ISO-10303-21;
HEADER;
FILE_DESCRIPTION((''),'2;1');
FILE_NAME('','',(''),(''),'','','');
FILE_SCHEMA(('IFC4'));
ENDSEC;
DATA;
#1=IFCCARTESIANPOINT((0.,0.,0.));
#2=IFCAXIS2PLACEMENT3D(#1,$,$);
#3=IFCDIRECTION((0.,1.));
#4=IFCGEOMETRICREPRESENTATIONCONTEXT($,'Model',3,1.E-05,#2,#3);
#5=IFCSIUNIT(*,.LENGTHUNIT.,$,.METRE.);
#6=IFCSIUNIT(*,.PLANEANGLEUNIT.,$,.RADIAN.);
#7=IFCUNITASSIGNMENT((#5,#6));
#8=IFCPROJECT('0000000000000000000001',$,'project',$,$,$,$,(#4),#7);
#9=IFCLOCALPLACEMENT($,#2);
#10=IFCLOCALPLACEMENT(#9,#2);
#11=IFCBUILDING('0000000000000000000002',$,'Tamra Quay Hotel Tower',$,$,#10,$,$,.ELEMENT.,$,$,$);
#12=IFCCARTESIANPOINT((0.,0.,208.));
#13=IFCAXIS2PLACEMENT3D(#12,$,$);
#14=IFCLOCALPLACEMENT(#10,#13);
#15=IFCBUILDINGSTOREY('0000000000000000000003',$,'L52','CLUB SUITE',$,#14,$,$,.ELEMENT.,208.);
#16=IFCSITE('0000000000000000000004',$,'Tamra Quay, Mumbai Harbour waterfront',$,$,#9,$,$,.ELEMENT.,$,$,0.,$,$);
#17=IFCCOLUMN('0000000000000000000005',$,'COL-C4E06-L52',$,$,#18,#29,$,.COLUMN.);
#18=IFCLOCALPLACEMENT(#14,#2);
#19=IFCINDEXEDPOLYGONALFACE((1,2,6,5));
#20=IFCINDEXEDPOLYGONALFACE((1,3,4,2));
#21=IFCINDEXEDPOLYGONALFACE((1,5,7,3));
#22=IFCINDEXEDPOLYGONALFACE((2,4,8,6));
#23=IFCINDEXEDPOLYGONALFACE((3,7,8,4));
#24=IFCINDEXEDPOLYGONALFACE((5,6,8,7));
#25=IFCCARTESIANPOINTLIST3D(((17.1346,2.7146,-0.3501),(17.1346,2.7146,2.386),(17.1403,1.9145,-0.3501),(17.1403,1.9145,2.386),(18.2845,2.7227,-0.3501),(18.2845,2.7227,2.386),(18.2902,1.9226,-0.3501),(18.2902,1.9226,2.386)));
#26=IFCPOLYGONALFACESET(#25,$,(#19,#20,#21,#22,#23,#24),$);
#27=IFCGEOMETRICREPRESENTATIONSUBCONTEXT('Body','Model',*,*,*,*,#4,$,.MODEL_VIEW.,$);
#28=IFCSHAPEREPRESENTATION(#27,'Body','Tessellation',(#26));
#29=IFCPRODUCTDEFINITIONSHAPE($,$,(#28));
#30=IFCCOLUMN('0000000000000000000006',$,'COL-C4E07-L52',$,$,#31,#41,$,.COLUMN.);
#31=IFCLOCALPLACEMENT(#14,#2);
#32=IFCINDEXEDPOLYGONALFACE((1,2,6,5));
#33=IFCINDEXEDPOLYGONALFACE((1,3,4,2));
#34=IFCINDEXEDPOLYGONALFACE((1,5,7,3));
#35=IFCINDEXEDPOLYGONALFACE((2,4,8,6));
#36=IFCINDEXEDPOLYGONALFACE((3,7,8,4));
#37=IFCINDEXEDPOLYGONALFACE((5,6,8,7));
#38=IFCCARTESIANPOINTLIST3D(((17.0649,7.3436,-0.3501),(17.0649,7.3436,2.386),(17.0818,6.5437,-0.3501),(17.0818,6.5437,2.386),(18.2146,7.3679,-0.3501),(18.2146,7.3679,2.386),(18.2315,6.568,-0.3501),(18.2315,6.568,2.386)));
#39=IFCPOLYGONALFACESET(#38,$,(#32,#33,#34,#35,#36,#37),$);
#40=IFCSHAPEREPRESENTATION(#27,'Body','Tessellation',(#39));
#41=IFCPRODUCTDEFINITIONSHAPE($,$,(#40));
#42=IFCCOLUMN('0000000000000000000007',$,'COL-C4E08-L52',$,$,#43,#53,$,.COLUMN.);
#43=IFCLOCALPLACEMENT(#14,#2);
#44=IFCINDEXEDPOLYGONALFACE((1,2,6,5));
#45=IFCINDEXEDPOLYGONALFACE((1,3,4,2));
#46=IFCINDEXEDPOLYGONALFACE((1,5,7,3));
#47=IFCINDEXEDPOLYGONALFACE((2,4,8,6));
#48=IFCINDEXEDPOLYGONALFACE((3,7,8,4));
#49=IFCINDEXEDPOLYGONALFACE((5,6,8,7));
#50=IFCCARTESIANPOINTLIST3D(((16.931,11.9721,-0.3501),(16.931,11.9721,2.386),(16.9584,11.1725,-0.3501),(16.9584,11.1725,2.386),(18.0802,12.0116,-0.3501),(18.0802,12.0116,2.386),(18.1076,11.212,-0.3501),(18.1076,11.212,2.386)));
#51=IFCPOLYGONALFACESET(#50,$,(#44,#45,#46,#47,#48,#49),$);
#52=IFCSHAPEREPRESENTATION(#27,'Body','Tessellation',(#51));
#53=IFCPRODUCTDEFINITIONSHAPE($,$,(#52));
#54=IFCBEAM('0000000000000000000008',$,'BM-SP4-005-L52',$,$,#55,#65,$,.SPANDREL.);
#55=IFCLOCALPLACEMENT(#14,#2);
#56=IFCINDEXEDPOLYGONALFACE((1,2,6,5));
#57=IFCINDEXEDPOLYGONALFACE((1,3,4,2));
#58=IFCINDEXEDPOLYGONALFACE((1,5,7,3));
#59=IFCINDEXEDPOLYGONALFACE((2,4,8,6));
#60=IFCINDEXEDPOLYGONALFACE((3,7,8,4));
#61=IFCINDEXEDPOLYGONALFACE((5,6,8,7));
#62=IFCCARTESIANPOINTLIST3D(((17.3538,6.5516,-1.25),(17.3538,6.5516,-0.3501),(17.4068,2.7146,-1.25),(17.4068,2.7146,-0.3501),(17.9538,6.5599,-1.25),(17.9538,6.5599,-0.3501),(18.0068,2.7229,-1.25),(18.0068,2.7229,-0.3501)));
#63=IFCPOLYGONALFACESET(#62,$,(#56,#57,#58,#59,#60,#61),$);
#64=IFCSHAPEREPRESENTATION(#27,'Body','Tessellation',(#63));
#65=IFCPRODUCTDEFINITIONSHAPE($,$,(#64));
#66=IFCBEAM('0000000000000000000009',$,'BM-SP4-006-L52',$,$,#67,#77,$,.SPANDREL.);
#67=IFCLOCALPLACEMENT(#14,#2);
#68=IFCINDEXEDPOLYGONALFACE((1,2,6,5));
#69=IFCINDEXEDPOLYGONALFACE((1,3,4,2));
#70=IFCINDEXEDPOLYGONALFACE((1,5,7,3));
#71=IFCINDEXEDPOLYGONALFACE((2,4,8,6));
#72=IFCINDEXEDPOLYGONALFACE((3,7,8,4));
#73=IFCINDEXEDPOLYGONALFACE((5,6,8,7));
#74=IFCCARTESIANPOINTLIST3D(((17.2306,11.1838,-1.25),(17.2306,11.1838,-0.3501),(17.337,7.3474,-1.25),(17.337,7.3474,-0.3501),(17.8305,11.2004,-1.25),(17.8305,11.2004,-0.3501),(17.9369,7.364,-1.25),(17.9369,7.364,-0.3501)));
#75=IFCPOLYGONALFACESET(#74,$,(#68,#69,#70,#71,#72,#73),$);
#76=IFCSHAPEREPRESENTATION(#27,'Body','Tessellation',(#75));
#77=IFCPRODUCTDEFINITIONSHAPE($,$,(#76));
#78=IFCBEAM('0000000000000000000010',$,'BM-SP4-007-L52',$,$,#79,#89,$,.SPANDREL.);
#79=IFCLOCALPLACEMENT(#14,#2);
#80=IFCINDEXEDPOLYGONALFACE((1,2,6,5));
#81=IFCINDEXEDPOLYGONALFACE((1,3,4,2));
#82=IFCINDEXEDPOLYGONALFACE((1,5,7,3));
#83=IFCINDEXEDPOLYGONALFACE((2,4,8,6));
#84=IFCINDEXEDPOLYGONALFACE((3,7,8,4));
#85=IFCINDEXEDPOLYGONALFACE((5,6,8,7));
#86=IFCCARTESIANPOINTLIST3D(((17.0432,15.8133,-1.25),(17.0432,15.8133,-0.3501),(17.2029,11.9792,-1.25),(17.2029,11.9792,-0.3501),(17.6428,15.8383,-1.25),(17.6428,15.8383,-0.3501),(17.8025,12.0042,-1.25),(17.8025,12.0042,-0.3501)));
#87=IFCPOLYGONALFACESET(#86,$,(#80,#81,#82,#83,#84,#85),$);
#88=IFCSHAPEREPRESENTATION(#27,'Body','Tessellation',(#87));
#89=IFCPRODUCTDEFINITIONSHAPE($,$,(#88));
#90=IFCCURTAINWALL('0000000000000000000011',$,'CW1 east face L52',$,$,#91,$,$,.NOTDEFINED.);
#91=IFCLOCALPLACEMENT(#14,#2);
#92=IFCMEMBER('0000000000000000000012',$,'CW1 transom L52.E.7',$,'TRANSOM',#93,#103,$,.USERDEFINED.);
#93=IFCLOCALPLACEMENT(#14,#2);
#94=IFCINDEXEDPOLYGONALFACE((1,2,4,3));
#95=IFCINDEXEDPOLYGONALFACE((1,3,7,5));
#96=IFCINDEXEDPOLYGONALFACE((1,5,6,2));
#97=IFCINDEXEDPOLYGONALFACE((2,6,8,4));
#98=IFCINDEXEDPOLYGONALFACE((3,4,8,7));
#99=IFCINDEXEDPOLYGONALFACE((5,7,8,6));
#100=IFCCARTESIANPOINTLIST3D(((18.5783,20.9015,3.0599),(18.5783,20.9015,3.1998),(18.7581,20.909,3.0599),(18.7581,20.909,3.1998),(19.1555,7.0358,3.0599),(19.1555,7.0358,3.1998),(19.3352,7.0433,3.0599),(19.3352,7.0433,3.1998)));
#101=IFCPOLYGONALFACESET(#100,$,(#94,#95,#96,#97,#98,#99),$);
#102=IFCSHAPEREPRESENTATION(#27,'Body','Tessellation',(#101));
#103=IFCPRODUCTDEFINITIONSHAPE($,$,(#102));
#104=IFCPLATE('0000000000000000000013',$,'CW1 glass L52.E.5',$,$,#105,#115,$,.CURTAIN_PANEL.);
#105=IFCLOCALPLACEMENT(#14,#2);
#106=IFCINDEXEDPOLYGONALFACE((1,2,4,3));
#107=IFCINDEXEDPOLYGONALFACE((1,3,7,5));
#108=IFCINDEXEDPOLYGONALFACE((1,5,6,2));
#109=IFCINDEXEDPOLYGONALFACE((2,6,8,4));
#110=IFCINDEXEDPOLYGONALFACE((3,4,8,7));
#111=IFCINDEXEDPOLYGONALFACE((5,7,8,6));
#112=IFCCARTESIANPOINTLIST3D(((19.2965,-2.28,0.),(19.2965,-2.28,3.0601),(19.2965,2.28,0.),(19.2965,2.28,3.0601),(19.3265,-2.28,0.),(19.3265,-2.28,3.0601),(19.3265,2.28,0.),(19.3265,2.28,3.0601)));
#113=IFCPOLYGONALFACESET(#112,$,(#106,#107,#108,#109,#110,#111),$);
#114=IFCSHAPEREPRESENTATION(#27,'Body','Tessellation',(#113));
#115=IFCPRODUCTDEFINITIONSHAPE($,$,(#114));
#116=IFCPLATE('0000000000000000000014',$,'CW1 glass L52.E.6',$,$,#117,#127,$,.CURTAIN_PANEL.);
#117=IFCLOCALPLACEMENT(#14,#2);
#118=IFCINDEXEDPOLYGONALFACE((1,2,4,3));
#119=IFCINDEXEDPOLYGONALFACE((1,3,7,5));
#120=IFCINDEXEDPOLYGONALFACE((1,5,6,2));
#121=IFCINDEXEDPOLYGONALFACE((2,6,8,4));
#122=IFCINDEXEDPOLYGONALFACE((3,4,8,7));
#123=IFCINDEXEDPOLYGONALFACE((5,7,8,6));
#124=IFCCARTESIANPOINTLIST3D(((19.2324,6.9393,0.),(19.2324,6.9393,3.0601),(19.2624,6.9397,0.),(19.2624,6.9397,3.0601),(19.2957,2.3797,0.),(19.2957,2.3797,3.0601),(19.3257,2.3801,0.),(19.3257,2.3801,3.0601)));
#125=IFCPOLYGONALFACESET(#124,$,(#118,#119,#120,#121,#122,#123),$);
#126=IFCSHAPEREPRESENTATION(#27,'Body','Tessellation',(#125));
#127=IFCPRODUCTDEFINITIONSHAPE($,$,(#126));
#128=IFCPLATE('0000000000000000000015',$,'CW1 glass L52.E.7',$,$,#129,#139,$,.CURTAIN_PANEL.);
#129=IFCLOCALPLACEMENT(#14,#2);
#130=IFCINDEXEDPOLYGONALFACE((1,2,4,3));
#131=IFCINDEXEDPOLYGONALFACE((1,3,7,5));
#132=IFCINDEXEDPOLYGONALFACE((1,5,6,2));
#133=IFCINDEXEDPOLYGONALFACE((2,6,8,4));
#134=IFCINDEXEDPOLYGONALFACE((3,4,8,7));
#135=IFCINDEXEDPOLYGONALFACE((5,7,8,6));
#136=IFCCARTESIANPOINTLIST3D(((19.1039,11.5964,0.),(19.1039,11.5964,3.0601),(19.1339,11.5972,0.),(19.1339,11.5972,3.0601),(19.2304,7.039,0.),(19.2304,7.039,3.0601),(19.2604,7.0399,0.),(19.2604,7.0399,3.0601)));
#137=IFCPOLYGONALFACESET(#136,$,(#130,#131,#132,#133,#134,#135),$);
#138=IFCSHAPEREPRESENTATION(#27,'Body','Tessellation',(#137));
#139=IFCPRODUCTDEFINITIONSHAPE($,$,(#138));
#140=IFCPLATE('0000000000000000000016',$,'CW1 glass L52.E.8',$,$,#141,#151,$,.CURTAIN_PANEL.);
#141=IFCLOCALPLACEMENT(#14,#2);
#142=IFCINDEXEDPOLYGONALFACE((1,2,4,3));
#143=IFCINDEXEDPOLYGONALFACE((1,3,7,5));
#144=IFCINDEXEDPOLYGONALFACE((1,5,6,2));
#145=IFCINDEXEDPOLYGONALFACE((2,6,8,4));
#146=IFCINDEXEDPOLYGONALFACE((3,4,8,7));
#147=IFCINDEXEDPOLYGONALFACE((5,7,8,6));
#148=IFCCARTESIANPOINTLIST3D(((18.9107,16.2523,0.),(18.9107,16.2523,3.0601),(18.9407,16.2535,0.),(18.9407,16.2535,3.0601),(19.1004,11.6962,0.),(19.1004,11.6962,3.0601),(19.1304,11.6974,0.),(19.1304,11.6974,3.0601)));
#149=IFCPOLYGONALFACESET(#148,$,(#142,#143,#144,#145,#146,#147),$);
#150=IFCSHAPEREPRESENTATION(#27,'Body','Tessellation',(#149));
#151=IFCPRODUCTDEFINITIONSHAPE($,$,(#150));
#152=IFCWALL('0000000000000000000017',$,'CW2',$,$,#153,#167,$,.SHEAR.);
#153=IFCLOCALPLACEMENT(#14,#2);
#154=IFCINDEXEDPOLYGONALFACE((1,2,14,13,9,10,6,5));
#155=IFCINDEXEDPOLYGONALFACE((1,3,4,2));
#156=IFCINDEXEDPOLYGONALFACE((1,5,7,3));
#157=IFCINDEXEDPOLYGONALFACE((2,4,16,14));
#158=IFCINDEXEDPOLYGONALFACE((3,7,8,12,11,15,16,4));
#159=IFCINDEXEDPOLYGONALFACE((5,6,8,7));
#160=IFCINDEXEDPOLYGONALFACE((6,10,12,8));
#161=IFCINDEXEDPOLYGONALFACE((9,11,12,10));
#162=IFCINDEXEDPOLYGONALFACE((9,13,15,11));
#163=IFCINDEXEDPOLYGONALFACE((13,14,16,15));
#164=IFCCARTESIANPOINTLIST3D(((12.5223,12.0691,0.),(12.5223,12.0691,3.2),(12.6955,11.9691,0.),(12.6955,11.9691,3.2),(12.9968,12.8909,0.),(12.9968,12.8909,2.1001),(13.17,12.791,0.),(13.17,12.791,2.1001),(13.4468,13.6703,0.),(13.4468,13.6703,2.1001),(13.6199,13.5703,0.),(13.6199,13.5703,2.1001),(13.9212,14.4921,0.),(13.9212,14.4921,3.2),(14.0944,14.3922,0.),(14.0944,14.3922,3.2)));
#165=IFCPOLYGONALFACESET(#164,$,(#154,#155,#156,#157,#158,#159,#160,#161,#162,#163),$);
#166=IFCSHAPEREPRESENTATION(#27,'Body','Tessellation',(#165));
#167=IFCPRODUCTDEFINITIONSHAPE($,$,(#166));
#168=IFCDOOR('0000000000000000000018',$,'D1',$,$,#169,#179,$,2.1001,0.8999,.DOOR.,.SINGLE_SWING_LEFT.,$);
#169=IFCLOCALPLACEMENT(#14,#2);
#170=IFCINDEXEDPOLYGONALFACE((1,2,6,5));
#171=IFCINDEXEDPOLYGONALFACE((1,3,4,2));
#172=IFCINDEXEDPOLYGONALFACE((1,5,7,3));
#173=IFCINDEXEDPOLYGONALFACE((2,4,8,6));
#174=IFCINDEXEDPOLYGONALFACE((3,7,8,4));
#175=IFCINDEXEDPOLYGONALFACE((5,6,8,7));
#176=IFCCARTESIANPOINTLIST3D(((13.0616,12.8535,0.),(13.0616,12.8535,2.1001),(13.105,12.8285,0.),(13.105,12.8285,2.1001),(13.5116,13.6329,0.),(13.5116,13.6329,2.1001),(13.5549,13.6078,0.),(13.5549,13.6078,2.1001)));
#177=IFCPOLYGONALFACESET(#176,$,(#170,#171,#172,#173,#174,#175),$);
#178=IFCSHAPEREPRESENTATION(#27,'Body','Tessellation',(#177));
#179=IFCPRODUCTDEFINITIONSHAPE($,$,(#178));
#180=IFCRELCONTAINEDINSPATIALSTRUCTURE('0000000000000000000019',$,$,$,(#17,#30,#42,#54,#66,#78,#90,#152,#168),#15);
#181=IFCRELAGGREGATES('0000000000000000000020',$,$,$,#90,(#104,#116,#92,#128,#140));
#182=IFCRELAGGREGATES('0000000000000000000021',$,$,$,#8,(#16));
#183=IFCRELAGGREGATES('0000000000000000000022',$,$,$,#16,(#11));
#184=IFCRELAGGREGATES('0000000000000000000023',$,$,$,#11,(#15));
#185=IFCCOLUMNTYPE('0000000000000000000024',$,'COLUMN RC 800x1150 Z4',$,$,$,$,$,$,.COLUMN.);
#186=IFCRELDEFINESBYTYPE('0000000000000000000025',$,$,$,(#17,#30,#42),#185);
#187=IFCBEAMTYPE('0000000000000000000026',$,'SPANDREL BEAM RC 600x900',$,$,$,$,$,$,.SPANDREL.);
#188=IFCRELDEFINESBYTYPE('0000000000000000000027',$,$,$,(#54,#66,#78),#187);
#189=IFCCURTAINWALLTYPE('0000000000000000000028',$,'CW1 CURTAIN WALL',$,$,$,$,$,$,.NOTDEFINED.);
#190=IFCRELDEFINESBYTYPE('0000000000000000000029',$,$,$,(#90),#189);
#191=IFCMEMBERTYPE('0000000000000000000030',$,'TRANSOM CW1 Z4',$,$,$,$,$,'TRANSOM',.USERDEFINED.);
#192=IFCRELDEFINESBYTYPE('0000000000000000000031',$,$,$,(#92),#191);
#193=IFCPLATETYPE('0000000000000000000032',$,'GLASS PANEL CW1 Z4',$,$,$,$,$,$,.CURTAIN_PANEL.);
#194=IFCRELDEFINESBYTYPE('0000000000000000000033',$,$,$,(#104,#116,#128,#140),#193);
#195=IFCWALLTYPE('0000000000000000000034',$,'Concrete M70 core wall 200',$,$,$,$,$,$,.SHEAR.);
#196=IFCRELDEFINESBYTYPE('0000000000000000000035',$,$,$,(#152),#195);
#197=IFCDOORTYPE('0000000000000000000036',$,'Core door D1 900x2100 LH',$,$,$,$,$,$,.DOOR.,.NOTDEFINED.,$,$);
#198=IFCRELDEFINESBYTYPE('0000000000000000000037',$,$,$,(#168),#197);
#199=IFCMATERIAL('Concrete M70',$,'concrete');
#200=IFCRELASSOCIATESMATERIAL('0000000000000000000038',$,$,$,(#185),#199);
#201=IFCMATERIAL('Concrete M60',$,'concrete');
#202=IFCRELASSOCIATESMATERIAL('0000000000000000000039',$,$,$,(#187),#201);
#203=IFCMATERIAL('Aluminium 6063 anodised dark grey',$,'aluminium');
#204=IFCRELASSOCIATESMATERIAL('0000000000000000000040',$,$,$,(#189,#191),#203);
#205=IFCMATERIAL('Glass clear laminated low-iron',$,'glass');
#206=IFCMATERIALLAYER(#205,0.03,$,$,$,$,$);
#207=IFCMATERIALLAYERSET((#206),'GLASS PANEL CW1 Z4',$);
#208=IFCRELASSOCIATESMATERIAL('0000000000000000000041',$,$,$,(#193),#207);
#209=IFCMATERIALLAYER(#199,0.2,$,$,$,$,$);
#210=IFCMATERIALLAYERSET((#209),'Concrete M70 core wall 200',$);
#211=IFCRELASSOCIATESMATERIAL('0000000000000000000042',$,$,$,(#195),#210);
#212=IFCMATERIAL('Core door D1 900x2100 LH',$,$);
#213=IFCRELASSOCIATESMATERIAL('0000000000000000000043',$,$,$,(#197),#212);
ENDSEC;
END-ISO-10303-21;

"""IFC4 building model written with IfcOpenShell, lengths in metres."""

from ifc_helpers import new_model, si_unit, direction, frame, frame_2d, origin, origin_2d, place, context, subcontext, project, spatial, rectangle, extrude, material, layer, layer_set, material_profile, profile_set, type_object, element, fill, aggregate, save


model = new_model("IFC4")

# Units and contexts
model_context = context("Model", 3, precision=1e-05, world=origin(), true_north=direction((0.0, 1.0)))
body_context = subcontext(model_context, "Body", "Model", "MODEL_VIEW")
ifc_project = project(units=[si_unit("LENGTHUNIT", "METRE"), si_unit("PLANEANGLEUNIT", "RADIAN")], contexts=[model_context])

# Site, building, storey
site_placement = place(None, origin())
site = spatial("IfcSite", under=ifc_project, at=site_placement, Name="Tamra Quay, Mumbai Harbour waterfront", CompositionType="ELEMENT", RefElevation=0.0)
building_placement = place(site_placement, origin())
building = spatial("IfcBuilding", under=site, at=building_placement, Name="Tamra Quay Hotel Tower", CompositionType="ELEMENT")
storey_placement = place(building_placement, frame((0.0, 0.0, 208.0)))
storey = spatial("IfcBuildingStorey", under=building, at=storey_placement, Name="L52", Description="CLUB SUITE", CompositionType="ELEMENT", Elevation=208.0)

# Columns
ifc_material_1 = material(Name="Concrete M70", Category="concrete")
ifc_material_profile_1 = material_profile(ifc_material_1, rectangle(XDim=1.1499, YDim=0.8, at=origin_2d()), Name="COLUMN RC 800x1150 Z4")
ifc_profile_set_1 = profile_set([ifc_material_profile_1], Name="Concrete M70")
column_type = type_object("IfcColumnType", Name="COLUMN RC 800x1150 Z4", PredefinedType="COLUMN", material=ifc_profile_set_1)
for number, where, z_axis, x_axis, name in (
    (1, (17.7124, 2.3186, -0.3501), (0.0, 0.0, 1.0), (0.999975, 0.007041, 0.0), "COL-C4E06-L52"),
    (2, (17.6482, 6.9558, -0.3501), (0.0, 0.0, 1.0), (0.999777, 0.021115, 0.0), "COL-C4E07-L52"),
    (3, (17.5193, 11.592, -0.3501), (0.0, 0.0, 1.0), (0.999412, 0.034299, 0.0), "COL-C4E08-L52"),
):
    element("IfcColumn", number, at=place(storey_placement, frame(where, z_axis=z_axis, x_axis=x_axis)), inside=storey, type_object=column_type, Name=name, PredefinedType="COLUMN", context=body_context, shape_type="SweptSolid", body=[
        extrude(rectangle(XDim=1.1499, YDim=0.8, at=origin_2d()), origin(), (0.0, 0.0, 1.0), 2.7361),
    ])

# Beams
ifc_material_2 = material(Name="Concrete M60", Category="concrete")
ifc_material_profile_2 = material_profile(ifc_material_2, rectangle(XDim=0.6001, YDim=0.8999, at=origin_2d()), Name="SPANDREL BEAM RC 600x900")
ifc_profile_set_2 = profile_set([ifc_material_profile_2], Name="Concrete M60")
beam_type = type_object("IfcBeamType", Name="SPANDREL BEAM RC 600x900", PredefinedType="SPANDREL", material=ifc_profile_set_2)
beam_1_placement = place(storey_placement, frame((17.7068, 2.7188, -0.8), z_axis=(-0.013805, 0.999905, 0.0), x_axis=(-0.999905, -0.013805, 0.0)))
element("IfcBeam", 4, at=beam_1_placement, inside=storey, type_object=beam_type, Name="BM-SP4-005-L52", PredefinedType="SPANDREL", context=body_context, shape_type="SweptSolid", body=[
    extrude(rectangle(XDim=0.6001, YDim=0.8999, at=origin_2d()), origin(), (0.0, 0.0, 1.0), 3.8374),
])
beam_2_placement = place(storey_placement, frame((17.637, 7.3557, -0.8), z_axis=(-0.027735, 0.999615, 0.0), x_axis=(-0.999615, -0.027735, 0.0)))
element("IfcBeam", 5, at=beam_2_placement, inside=storey, type_object=beam_type, Name="BM-SP4-006-L52", PredefinedType="SPANDREL", context=body_context, shape_type="SweptSolid", body=[
    extrude(rectangle(XDim=0.6001, YDim=0.8999, at=origin_2d()), origin(), (0.0, 0.0, 1.0), 3.8379),
])
beam_3_placement = place(storey_placement, frame((17.5027, 11.9917, -0.8), z_axis=(-0.041609, 0.999134, 0.0), x_axis=(-0.999134, -0.041609, 0.0)))
element("IfcBeam", 6, at=beam_3_placement, inside=storey, type_object=beam_type, Name="BM-SP4-007-L52", PredefinedType="SPANDREL", context=body_context, shape_type="SweptSolid", body=[
    extrude(rectangle(XDim=0.6001, YDim=0.8999, at=origin_2d()), origin(), (0.0, 0.0, 1.0), 3.8374),
])

# Curtain wall, member, plates
ifc_material_3 = material(Name="Aluminium 6063 anodised dark grey", Category="aluminium")
curtain_wall_type = type_object("IfcCurtainWallType", Name="CW1 CURTAIN WALL", PredefinedType="NOTDEFINED", material=ifc_material_3)
curtain_wall_placement = place(storey_placement, origin())
curtain_wall = element("IfcCurtainWall", 7, at=curtain_wall_placement, inside=storey, type_object=curtain_wall_type, Name="CW1 east face L52", PredefinedType="NOTDEFINED")
ifc_material_profile_3 = material_profile(ifc_material_3, rectangle(XDim=0.1799, YDim=0.1399, at=origin_2d()), Name="TRANSOM 180X140")
ifc_profile_set_3 = profile_set([ifc_material_profile_3], Name="Aluminium 6063 anodised dark grey")
member_type = type_object("IfcMemberType", Name="TRANSOM CW1 Z4", ElementType="TRANSOM", PredefinedType="USERDEFINED", material=ifc_profile_set_3)
member_placement = place(storey_placement, frame((19.2454, 7.0396, 3.1299), z_axis=(-0.041588, 0.999135, 0.0), x_axis=(-0.999135, -0.041588, 0.0)))
member = element("IfcMember", 8, at=member_placement, type_object=member_type, Name="CW1 transom L52.E.7", ObjectType="TRANSOM", PredefinedType="USERDEFINED", context=body_context, shape_type="SweptSolid", body=[
    extrude(rectangle(XDim=0.1799, YDim=0.1399, at=origin_2d()), origin(), (0.0, 0.0, 1.0), 13.8777),
])
ifc_material_4 = material(Name="Glass clear laminated low-iron", Category="glass")
ifc_layer_1 = layer(ifc_material_4, 0.03)
ifc_layer_set_1 = layer_set([ifc_layer_1], Name="GLASS PANEL CW1 Z4")
plate_type = type_object("IfcPlateType", Name="GLASS PANEL CW1 Z4", PredefinedType="CURTAIN_PANEL", material=ifc_layer_set_1)
plate_1_placement = place(storey_placement, frame((19.3115, 0.0, 0.0), z_axis=(0.0, 0.0, 1.0), x_axis=(0.0, 1.0, 0.0)))
plate_1 = element("IfcPlate", 9, at=plate_1_placement, type_object=plate_type, Name="CW1 glass L52.E.5", PredefinedType="CURTAIN_PANEL", context=body_context, shape_type="SweptSolid", body=[
    extrude(rectangle(XDim=4.5601, YDim=0.03, at=origin_2d()), origin(), (0.0, 0.0, 1.0), 3.0601),
])
plate_2_placement = place(storey_placement, frame((19.2791, 4.6597, 0.0), z_axis=(0.0, 0.0, 1.0), x_axis=(-0.013886, 0.999904, 0.0)))
plate_2 = element("IfcPlate", 10, at=plate_2_placement, type_object=plate_type, Name="CW1 glass L52.E.6", PredefinedType="CURTAIN_PANEL", context=body_context, shape_type="SweptSolid", body=[
    extrude(rectangle(XDim=4.5601, YDim=0.03, at=origin_2d()), origin(), (0.0, 0.0, 1.0), 3.0601),
])
plate_3_placement = place(storey_placement, frame((19.1821, 9.3181, 0.0), z_axis=(0.0, 0.0, 1.0), x_axis=(-0.027754, 0.999615, 0.0)))
plate_3 = element("IfcPlate", 11, at=plate_3_placement, type_object=plate_type, Name="CW1 glass L52.E.7", PredefinedType="CURTAIN_PANEL", context=body_context, shape_type="SweptSolid", body=[
    extrude(rectangle(XDim=4.5591, YDim=0.03, at=origin_2d()), origin(), (0.0, 0.0, 1.0), 3.0601),
])
plate_4_placement = place(storey_placement, frame((19.0205, 13.9749, 0.0), z_axis=(0.0, 0.0, 1.0), x_axis=(-0.0416, 0.999134, 0.0)))
plate_4 = element("IfcPlate", 12, at=plate_4_placement, type_object=plate_type, Name="CW1 glass L52.E.8", PredefinedType="CURTAIN_PANEL", context=body_context, shape_type="SweptSolid", body=[
    extrude(rectangle(XDim=4.5601, YDim=0.03, at=origin_2d()), origin(), (0.0, 0.0, 1.0), 3.0601),
])
aggregate(curtain_wall, [plate_1, plate_2, member, plate_3, plate_4])

# Wall, opening, door
ifc_layer_2 = layer(ifc_material_1, 0.2)
ifc_layer_set_2 = layer_set([ifc_layer_2], Name="Concrete M70 core wall 200")
wall_type_1 = type_object("IfcWallType", Name="Concrete M70 core wall 200", PredefinedType="SHEAR", material=ifc_layer_set_2)
wall_1_placement = place(storey_placement, frame((14.0078, 14.4421, 0.0), z_axis=(0.0, 0.0, 1.0), x_axis=(-0.499987, -0.866033, 0.0)))
wall_1 = element("IfcWall", 13, at=wall_1_placement, inside=storey, type_object=wall_type_1, Name="CW2", PredefinedType="SHEAR", context=body_context, shape_type="SweptSolid", body=[
    extrude(rectangle(XDim=2.7979, YDim=0.2, at=frame_2d((1.3989, 0.0))), origin(), (0.0, 0.0, 1.0), 3.2),
])
opening_placement = place(wall_1_placement, frame((0.949, 0.0, 0.0)))
opening = element("IfcOpeningElement", 14, at=opening_placement, cuts=wall_1, PredefinedType="OPENING", context=body_context, shape_type="SweptSolid", body=[
    extrude(rectangle(XDim=0.8999, YDim=2.1001, at=frame_2d((0.45, 1.05))), frame((0.0, 0.1099, 0.0), z_axis=(0.0, -1.0, 0.0), x_axis=(1.0, 0.0, 0.0)), (0.0, 0.0, 1.0), 0.22),
])
ifc_material_5 = material(Name="Core door D1 900x2100 LH")
door_type = type_object("IfcDoorType", Name="Core door D1 900x2100 LH", OperationType="NOTDEFINED", PredefinedType="DOOR", material=ifc_material_5)
door_placement = place(opening_placement, origin())
door = element("IfcDoor", 15, at=door_placement, inside=storey, type_object=door_type, Name="D1", OperationType="SINGLE_SWING_LEFT", OverallHeight=2.1001, OverallWidth=0.8999, PredefinedType="DOOR", context=body_context, shape_type="SweptSolid", body=[
    extrude(rectangle(XDim=0.8999, YDim=2.1001, at=frame_2d((0.45, 1.05))), frame((0.0, 0.0249, 0.0), z_axis=(0.0, -1.0, 0.0), x_axis=(1.0, 0.0, 0.0)), (0.0, 0.0, 1.0), 0.05),
])
fill(opening, door)

save(model, "model.ifc")
